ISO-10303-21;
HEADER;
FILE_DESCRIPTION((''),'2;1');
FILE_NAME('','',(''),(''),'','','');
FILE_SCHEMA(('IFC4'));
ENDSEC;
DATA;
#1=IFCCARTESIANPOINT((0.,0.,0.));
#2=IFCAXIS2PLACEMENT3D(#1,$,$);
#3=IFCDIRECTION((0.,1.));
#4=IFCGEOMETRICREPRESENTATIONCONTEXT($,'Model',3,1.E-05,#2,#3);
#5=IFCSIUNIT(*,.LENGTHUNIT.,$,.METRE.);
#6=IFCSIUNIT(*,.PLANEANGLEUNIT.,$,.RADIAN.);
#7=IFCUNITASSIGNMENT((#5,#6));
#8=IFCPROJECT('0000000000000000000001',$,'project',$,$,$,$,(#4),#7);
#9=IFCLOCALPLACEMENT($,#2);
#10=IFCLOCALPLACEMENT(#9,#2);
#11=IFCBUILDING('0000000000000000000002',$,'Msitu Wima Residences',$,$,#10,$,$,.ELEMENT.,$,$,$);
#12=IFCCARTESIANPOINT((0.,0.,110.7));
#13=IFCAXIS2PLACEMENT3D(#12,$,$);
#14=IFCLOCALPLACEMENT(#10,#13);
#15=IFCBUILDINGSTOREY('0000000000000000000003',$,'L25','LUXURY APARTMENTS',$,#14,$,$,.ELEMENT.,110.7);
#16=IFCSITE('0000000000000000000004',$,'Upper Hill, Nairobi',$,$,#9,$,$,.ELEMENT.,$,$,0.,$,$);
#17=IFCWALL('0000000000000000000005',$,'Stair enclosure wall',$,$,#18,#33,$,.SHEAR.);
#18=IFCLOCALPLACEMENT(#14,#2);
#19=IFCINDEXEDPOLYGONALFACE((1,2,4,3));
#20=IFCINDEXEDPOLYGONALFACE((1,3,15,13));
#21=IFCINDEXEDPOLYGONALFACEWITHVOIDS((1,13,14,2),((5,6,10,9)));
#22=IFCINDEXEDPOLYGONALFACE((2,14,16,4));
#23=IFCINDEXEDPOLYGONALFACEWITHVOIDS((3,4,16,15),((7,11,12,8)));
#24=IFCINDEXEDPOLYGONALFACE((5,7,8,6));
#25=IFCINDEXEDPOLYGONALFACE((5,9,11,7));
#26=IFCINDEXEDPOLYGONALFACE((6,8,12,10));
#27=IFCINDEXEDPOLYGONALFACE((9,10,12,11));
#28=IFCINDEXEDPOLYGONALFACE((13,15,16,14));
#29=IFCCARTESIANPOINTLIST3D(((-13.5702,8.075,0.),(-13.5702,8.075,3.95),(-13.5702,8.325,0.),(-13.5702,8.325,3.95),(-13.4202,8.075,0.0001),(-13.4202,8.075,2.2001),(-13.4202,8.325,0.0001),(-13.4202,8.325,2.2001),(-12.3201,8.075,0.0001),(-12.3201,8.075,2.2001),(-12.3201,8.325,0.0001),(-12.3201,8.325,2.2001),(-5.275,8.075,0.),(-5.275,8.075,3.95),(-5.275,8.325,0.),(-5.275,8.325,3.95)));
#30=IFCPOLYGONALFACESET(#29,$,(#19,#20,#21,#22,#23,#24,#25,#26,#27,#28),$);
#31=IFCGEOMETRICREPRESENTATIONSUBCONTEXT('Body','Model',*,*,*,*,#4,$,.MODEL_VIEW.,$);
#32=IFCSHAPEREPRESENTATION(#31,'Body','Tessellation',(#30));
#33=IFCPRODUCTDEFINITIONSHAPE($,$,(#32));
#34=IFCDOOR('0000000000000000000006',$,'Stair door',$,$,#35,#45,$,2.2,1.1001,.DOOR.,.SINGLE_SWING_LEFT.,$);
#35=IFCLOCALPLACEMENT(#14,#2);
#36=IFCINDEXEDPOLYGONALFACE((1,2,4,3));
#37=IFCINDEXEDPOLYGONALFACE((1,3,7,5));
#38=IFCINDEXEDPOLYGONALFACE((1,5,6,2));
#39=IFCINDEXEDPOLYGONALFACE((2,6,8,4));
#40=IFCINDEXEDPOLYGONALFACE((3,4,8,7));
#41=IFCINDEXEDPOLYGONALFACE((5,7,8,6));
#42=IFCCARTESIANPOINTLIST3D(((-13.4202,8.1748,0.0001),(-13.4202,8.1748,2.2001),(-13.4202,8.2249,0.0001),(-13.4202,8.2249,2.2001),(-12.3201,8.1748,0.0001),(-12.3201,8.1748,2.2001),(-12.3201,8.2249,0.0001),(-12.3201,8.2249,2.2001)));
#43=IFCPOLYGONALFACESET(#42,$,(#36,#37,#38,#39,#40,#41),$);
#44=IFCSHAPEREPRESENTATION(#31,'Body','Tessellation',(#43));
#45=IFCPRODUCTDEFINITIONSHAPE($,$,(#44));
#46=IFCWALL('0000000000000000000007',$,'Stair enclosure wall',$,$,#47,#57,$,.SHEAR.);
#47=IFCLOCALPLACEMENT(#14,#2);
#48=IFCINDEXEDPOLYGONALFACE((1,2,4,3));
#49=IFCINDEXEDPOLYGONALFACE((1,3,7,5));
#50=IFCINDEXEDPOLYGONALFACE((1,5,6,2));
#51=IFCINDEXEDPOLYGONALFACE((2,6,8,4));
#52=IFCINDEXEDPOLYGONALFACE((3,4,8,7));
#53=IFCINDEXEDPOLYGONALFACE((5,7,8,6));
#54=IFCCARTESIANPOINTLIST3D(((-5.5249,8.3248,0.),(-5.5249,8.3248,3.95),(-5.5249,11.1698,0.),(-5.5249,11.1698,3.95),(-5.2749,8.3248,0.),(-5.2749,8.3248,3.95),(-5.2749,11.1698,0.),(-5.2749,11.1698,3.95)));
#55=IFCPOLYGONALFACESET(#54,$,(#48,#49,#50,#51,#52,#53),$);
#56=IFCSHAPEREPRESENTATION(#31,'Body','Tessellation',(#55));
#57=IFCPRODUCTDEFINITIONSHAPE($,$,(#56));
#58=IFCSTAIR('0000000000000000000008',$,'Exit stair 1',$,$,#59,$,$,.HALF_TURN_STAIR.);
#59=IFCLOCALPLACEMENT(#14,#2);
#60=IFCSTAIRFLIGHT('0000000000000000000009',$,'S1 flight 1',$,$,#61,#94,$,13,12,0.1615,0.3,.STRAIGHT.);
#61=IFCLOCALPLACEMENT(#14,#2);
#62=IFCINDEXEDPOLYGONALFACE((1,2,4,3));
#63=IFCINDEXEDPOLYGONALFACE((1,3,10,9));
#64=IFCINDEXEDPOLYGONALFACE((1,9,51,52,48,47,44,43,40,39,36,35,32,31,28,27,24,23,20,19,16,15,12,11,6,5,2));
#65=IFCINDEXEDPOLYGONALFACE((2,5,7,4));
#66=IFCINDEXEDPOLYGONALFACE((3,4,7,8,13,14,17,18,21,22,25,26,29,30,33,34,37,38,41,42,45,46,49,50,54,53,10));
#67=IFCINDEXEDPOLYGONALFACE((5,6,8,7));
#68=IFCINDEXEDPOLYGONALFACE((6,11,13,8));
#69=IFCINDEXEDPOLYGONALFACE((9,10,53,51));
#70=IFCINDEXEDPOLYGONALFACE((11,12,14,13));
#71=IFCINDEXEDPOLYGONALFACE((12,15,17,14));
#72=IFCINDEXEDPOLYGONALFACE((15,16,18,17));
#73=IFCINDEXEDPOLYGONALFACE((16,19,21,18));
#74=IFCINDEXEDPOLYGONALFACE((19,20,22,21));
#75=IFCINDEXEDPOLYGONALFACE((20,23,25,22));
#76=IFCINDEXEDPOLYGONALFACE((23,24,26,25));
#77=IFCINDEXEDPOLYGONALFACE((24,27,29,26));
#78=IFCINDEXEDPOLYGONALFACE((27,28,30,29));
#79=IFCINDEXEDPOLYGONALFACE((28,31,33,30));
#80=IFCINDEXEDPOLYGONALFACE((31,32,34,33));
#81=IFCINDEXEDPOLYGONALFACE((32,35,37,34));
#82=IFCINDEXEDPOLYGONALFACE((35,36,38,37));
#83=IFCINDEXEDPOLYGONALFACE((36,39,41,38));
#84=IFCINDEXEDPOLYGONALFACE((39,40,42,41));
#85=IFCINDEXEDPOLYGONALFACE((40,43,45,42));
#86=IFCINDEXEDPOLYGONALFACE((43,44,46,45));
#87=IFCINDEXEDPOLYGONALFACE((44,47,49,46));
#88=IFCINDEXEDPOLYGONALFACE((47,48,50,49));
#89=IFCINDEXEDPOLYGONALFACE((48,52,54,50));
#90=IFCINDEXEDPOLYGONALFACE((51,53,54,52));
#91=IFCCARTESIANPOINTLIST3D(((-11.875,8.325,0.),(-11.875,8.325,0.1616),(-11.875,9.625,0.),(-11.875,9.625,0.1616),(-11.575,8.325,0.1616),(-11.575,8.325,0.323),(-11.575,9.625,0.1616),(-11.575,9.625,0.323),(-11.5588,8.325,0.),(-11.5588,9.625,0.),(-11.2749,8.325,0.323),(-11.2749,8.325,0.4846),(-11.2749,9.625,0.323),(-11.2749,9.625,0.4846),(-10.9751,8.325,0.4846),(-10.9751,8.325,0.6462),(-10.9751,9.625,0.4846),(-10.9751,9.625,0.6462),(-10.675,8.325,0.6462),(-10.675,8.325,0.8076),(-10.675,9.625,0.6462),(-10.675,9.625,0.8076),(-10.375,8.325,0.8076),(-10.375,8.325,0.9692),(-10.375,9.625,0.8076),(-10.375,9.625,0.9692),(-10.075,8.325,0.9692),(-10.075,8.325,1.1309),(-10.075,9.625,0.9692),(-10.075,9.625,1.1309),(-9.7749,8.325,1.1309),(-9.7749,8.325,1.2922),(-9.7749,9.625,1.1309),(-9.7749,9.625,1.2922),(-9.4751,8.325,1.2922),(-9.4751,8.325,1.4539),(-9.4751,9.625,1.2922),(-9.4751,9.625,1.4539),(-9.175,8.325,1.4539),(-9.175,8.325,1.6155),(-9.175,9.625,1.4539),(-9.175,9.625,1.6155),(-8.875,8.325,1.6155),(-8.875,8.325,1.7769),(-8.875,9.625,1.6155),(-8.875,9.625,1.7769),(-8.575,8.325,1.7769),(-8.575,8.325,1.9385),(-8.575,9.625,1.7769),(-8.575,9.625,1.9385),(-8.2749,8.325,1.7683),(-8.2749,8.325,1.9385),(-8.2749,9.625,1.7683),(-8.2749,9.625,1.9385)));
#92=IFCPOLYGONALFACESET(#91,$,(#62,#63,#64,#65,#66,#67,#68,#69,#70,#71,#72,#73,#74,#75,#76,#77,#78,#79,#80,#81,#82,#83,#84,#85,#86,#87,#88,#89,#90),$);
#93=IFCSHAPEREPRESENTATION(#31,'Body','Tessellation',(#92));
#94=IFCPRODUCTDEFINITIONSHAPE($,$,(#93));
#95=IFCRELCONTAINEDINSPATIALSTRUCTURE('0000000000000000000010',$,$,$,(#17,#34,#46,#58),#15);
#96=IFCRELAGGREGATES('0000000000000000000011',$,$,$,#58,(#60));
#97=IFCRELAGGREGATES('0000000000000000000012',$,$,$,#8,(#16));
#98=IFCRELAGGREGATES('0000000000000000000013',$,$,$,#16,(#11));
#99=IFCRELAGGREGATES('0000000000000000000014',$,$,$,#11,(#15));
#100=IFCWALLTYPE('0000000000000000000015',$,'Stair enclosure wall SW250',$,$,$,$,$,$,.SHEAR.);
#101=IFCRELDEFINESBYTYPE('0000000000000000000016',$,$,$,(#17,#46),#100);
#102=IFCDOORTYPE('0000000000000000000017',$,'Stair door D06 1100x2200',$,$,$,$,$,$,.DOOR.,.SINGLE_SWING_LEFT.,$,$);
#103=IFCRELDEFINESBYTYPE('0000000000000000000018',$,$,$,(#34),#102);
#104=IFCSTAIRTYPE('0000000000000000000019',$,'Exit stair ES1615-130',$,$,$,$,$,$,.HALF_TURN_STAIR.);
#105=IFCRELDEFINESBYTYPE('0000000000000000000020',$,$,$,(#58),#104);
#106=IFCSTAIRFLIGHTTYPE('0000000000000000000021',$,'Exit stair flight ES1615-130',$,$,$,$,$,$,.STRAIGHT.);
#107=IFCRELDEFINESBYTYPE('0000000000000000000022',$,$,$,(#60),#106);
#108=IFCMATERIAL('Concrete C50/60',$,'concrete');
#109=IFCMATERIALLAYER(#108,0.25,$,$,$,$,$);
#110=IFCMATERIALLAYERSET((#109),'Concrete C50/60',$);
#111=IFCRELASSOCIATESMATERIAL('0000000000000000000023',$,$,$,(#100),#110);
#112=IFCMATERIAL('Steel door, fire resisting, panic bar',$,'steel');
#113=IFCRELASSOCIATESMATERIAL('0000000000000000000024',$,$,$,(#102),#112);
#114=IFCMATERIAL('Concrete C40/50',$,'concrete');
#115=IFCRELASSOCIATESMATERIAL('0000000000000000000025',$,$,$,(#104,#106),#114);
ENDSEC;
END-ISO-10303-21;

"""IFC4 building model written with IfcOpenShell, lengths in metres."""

from ifc_helpers import new_model, si_unit, direction, frame, frame_2d, origin, place, context, subcontext, project, spatial, polyline, rectangle, outline, extrude, material, layer, layer_set, type_object, element, fill, aggregate, save


model = new_model("IFC4")

# Units and contexts
model_context = context("Model", 3, precision=1e-05, world=origin(), true_north=direction((0.0, 1.0)))
body_context = subcontext(model_context, "Body", "Model", "MODEL_VIEW")
ifc_project = project(units=[si_unit("LENGTHUNIT", "METRE"), si_unit("PLANEANGLEUNIT", "RADIAN")], contexts=[model_context])

# Site, building, storey
site_placement = place(None, origin())
site = spatial("IfcSite", under=ifc_project, at=site_placement, Name="Upper Hill, Nairobi", CompositionType="ELEMENT", RefElevation=0.0)
building_placement = place(site_placement, origin())
building = spatial("IfcBuilding", under=site, at=building_placement, Name="Msitu Wima Residences", CompositionType="ELEMENT")
storey_placement = place(building_placement, frame((0.0, 0.0, 110.7)))
storey = spatial("IfcBuildingStorey", under=building, at=storey_placement, Name="L25", Description="LUXURY APARTMENTS", CompositionType="ELEMENT", Elevation=110.7)

# Shared definitions
ifc_material_1 = material(Name="Concrete C40/50", Category="concrete")

# Wall, opening, door
ifc_material_2 = material(Name="Concrete C50/60", Category="concrete")
ifc_layer_1 = layer(ifc_material_2, 0.25)
ifc_layer_set_1 = layer_set([ifc_layer_1], Name="Concrete C50/60")
wall_type_1 = type_object("IfcWallType", Name="Stair enclosure wall SW250", PredefinedType="SHEAR", material=ifc_layer_set_1)
wall_1_placement = place(storey_placement, frame((-13.5701, 8.2, 0.0), z_axis=(0.0, 0.0, 1.0), x_axis=(1.0, 0.0, 0.0)))
wall_1 = element("IfcWall", 1, at=wall_1_placement, inside=storey, type_object=wall_type_1, Name="Stair enclosure wall", PredefinedType="SHEAR", context=body_context, shape_type="SweptSolid", body=[
    extrude(rectangle(XDim=8.2952, YDim=0.25, at=frame_2d((4.1475, 0.0))), origin(), (0.0, 0.0, 1.0), 3.95),
])
opening_1_placement = place(wall_1_placement, frame((0.1499, 0.0, 0.0)))
opening_1 = element("IfcOpeningElement", 2, at=opening_1_placement, cuts=wall_1, PredefinedType="OPENING", context=body_context, shape_type="SweptSolid", body=[
    extrude(rectangle(XDim=1.1001, YDim=2.2, at=frame_2d((0.55, 1.1001))), frame((0.0, 0.135, 0.0), z_axis=(0.0, -1.0, 0.0), x_axis=(1.0, 0.0, 0.0)), (0.0, 0.0, 1.0), 0.27),
])
ifc_material_3 = material(Name="Steel door, fire resisting, panic bar", Category="steel")
door_type_1 = type_object("IfcDoorType", Name="Stair door D06 1100x2200", OperationType="SINGLE_SWING_LEFT", PredefinedType="DOOR", material=ifc_material_3)
door_1_placement = place(opening_1_placement, origin())
door_1 = element("IfcDoor", 3, at=door_1_placement, inside=storey, type_object=door_type_1, Name="Stair door", OperationType="SINGLE_SWING_LEFT", OverallHeight=2.2, OverallWidth=1.1001, PredefinedType="DOOR", context=body_context, shape_type="SweptSolid", body=[
    extrude(rectangle(XDim=1.1001, YDim=2.2, at=frame_2d((0.55, 1.1001))), frame((0.0, 0.0249, 0.0), z_axis=(0.0, -1.0, 0.0), x_axis=(1.0, 0.0, 0.0)), (0.0, 0.0, 1.0), 0.05),
])
fill(opening_1, door_1)

# Wall
wall_2_placement = place(storey_placement, frame((-5.3999, 8.325, 0.0), z_axis=(0.0, 0.0, 1.0), x_axis=(0.0, 1.0, 0.0)))
element("IfcWall", 4, at=wall_2_placement, inside=storey, type_object=wall_type_1, Name="Stair enclosure wall", PredefinedType="SHEAR", context=body_context, shape_type="SweptSolid", body=[
    extrude(rectangle(XDim=2.845, YDim=0.25, at=frame_2d((1.4224, 0.0))), origin(), (0.0, 0.0, 1.0), 3.95),
])

# Stair, stair flight
stair_type = type_object("IfcStairType", Name="Exit stair ES1615-130", PredefinedType="HALF_TURN_STAIR", material=ifc_material_1)
stair_placement = place(storey_placement, origin())
stair = element("IfcStair", 5, at=stair_placement, inside=storey, type_object=stair_type, Name="Exit stair 1", PredefinedType="HALF_TURN_STAIR")
stair_flight_type = type_object("IfcStairFlightType", Name="Exit stair flight ES1615-130", PredefinedType="STRAIGHT", material=ifc_material_1)
stair_flight_placement = place(storey_placement, frame((-11.875, 8.9751, 0.0), z_axis=(0.0, 0.0, 1.0), x_axis=(1.0, 0.0, 0.0)))
stair_flight = element("IfcStairFlight", 6, at=stair_flight_placement, type_object=stair_flight_type, Name="S1 flight 1", NumberOfRisers=13, NumberOfTreads=12, PredefinedType="STRAIGHT", RiserHeight=0.1615, TreadLength=0.3, context=body_context, shape_type="SweptSolid", body=[
    extrude(outline(polyline([(0.0, 0.0), (0.0, 0.1616), (0.3, 0.1616), (0.3, 0.323), (0.6001, 0.323), (0.6001, 0.4846), (0.8999, 0.4846), (0.8999, 0.6462), (1.2, 0.6462), (1.2, 0.8076), (1.5, 0.8076), (1.5, 0.9692), (1.8, 0.9692), (1.8, 1.1309), (2.1001, 1.1309), (2.1001, 1.2922), (2.3999, 1.2922), (2.3999, 1.4539), (2.7, 1.4539), (2.7, 1.6155), (3.0, 1.6155), (3.0, 1.7769), (3.3, 1.7769), (3.3, 1.9385), (3.6001, 1.9385), (3.6001, 2.1001), (3.6001, 1.7683), (0.3162, 0.0), (0.0, 0.0)])), frame((0.0, 0.6499, 0.0), z_axis=(0.0, -1.0, 0.0), x_axis=(1.0, 0.0, 0.0)), (0.0, 0.0, 1.0), 1.3),
])
aggregate(stair, [stair_flight])

save(model, "model.ifc")
